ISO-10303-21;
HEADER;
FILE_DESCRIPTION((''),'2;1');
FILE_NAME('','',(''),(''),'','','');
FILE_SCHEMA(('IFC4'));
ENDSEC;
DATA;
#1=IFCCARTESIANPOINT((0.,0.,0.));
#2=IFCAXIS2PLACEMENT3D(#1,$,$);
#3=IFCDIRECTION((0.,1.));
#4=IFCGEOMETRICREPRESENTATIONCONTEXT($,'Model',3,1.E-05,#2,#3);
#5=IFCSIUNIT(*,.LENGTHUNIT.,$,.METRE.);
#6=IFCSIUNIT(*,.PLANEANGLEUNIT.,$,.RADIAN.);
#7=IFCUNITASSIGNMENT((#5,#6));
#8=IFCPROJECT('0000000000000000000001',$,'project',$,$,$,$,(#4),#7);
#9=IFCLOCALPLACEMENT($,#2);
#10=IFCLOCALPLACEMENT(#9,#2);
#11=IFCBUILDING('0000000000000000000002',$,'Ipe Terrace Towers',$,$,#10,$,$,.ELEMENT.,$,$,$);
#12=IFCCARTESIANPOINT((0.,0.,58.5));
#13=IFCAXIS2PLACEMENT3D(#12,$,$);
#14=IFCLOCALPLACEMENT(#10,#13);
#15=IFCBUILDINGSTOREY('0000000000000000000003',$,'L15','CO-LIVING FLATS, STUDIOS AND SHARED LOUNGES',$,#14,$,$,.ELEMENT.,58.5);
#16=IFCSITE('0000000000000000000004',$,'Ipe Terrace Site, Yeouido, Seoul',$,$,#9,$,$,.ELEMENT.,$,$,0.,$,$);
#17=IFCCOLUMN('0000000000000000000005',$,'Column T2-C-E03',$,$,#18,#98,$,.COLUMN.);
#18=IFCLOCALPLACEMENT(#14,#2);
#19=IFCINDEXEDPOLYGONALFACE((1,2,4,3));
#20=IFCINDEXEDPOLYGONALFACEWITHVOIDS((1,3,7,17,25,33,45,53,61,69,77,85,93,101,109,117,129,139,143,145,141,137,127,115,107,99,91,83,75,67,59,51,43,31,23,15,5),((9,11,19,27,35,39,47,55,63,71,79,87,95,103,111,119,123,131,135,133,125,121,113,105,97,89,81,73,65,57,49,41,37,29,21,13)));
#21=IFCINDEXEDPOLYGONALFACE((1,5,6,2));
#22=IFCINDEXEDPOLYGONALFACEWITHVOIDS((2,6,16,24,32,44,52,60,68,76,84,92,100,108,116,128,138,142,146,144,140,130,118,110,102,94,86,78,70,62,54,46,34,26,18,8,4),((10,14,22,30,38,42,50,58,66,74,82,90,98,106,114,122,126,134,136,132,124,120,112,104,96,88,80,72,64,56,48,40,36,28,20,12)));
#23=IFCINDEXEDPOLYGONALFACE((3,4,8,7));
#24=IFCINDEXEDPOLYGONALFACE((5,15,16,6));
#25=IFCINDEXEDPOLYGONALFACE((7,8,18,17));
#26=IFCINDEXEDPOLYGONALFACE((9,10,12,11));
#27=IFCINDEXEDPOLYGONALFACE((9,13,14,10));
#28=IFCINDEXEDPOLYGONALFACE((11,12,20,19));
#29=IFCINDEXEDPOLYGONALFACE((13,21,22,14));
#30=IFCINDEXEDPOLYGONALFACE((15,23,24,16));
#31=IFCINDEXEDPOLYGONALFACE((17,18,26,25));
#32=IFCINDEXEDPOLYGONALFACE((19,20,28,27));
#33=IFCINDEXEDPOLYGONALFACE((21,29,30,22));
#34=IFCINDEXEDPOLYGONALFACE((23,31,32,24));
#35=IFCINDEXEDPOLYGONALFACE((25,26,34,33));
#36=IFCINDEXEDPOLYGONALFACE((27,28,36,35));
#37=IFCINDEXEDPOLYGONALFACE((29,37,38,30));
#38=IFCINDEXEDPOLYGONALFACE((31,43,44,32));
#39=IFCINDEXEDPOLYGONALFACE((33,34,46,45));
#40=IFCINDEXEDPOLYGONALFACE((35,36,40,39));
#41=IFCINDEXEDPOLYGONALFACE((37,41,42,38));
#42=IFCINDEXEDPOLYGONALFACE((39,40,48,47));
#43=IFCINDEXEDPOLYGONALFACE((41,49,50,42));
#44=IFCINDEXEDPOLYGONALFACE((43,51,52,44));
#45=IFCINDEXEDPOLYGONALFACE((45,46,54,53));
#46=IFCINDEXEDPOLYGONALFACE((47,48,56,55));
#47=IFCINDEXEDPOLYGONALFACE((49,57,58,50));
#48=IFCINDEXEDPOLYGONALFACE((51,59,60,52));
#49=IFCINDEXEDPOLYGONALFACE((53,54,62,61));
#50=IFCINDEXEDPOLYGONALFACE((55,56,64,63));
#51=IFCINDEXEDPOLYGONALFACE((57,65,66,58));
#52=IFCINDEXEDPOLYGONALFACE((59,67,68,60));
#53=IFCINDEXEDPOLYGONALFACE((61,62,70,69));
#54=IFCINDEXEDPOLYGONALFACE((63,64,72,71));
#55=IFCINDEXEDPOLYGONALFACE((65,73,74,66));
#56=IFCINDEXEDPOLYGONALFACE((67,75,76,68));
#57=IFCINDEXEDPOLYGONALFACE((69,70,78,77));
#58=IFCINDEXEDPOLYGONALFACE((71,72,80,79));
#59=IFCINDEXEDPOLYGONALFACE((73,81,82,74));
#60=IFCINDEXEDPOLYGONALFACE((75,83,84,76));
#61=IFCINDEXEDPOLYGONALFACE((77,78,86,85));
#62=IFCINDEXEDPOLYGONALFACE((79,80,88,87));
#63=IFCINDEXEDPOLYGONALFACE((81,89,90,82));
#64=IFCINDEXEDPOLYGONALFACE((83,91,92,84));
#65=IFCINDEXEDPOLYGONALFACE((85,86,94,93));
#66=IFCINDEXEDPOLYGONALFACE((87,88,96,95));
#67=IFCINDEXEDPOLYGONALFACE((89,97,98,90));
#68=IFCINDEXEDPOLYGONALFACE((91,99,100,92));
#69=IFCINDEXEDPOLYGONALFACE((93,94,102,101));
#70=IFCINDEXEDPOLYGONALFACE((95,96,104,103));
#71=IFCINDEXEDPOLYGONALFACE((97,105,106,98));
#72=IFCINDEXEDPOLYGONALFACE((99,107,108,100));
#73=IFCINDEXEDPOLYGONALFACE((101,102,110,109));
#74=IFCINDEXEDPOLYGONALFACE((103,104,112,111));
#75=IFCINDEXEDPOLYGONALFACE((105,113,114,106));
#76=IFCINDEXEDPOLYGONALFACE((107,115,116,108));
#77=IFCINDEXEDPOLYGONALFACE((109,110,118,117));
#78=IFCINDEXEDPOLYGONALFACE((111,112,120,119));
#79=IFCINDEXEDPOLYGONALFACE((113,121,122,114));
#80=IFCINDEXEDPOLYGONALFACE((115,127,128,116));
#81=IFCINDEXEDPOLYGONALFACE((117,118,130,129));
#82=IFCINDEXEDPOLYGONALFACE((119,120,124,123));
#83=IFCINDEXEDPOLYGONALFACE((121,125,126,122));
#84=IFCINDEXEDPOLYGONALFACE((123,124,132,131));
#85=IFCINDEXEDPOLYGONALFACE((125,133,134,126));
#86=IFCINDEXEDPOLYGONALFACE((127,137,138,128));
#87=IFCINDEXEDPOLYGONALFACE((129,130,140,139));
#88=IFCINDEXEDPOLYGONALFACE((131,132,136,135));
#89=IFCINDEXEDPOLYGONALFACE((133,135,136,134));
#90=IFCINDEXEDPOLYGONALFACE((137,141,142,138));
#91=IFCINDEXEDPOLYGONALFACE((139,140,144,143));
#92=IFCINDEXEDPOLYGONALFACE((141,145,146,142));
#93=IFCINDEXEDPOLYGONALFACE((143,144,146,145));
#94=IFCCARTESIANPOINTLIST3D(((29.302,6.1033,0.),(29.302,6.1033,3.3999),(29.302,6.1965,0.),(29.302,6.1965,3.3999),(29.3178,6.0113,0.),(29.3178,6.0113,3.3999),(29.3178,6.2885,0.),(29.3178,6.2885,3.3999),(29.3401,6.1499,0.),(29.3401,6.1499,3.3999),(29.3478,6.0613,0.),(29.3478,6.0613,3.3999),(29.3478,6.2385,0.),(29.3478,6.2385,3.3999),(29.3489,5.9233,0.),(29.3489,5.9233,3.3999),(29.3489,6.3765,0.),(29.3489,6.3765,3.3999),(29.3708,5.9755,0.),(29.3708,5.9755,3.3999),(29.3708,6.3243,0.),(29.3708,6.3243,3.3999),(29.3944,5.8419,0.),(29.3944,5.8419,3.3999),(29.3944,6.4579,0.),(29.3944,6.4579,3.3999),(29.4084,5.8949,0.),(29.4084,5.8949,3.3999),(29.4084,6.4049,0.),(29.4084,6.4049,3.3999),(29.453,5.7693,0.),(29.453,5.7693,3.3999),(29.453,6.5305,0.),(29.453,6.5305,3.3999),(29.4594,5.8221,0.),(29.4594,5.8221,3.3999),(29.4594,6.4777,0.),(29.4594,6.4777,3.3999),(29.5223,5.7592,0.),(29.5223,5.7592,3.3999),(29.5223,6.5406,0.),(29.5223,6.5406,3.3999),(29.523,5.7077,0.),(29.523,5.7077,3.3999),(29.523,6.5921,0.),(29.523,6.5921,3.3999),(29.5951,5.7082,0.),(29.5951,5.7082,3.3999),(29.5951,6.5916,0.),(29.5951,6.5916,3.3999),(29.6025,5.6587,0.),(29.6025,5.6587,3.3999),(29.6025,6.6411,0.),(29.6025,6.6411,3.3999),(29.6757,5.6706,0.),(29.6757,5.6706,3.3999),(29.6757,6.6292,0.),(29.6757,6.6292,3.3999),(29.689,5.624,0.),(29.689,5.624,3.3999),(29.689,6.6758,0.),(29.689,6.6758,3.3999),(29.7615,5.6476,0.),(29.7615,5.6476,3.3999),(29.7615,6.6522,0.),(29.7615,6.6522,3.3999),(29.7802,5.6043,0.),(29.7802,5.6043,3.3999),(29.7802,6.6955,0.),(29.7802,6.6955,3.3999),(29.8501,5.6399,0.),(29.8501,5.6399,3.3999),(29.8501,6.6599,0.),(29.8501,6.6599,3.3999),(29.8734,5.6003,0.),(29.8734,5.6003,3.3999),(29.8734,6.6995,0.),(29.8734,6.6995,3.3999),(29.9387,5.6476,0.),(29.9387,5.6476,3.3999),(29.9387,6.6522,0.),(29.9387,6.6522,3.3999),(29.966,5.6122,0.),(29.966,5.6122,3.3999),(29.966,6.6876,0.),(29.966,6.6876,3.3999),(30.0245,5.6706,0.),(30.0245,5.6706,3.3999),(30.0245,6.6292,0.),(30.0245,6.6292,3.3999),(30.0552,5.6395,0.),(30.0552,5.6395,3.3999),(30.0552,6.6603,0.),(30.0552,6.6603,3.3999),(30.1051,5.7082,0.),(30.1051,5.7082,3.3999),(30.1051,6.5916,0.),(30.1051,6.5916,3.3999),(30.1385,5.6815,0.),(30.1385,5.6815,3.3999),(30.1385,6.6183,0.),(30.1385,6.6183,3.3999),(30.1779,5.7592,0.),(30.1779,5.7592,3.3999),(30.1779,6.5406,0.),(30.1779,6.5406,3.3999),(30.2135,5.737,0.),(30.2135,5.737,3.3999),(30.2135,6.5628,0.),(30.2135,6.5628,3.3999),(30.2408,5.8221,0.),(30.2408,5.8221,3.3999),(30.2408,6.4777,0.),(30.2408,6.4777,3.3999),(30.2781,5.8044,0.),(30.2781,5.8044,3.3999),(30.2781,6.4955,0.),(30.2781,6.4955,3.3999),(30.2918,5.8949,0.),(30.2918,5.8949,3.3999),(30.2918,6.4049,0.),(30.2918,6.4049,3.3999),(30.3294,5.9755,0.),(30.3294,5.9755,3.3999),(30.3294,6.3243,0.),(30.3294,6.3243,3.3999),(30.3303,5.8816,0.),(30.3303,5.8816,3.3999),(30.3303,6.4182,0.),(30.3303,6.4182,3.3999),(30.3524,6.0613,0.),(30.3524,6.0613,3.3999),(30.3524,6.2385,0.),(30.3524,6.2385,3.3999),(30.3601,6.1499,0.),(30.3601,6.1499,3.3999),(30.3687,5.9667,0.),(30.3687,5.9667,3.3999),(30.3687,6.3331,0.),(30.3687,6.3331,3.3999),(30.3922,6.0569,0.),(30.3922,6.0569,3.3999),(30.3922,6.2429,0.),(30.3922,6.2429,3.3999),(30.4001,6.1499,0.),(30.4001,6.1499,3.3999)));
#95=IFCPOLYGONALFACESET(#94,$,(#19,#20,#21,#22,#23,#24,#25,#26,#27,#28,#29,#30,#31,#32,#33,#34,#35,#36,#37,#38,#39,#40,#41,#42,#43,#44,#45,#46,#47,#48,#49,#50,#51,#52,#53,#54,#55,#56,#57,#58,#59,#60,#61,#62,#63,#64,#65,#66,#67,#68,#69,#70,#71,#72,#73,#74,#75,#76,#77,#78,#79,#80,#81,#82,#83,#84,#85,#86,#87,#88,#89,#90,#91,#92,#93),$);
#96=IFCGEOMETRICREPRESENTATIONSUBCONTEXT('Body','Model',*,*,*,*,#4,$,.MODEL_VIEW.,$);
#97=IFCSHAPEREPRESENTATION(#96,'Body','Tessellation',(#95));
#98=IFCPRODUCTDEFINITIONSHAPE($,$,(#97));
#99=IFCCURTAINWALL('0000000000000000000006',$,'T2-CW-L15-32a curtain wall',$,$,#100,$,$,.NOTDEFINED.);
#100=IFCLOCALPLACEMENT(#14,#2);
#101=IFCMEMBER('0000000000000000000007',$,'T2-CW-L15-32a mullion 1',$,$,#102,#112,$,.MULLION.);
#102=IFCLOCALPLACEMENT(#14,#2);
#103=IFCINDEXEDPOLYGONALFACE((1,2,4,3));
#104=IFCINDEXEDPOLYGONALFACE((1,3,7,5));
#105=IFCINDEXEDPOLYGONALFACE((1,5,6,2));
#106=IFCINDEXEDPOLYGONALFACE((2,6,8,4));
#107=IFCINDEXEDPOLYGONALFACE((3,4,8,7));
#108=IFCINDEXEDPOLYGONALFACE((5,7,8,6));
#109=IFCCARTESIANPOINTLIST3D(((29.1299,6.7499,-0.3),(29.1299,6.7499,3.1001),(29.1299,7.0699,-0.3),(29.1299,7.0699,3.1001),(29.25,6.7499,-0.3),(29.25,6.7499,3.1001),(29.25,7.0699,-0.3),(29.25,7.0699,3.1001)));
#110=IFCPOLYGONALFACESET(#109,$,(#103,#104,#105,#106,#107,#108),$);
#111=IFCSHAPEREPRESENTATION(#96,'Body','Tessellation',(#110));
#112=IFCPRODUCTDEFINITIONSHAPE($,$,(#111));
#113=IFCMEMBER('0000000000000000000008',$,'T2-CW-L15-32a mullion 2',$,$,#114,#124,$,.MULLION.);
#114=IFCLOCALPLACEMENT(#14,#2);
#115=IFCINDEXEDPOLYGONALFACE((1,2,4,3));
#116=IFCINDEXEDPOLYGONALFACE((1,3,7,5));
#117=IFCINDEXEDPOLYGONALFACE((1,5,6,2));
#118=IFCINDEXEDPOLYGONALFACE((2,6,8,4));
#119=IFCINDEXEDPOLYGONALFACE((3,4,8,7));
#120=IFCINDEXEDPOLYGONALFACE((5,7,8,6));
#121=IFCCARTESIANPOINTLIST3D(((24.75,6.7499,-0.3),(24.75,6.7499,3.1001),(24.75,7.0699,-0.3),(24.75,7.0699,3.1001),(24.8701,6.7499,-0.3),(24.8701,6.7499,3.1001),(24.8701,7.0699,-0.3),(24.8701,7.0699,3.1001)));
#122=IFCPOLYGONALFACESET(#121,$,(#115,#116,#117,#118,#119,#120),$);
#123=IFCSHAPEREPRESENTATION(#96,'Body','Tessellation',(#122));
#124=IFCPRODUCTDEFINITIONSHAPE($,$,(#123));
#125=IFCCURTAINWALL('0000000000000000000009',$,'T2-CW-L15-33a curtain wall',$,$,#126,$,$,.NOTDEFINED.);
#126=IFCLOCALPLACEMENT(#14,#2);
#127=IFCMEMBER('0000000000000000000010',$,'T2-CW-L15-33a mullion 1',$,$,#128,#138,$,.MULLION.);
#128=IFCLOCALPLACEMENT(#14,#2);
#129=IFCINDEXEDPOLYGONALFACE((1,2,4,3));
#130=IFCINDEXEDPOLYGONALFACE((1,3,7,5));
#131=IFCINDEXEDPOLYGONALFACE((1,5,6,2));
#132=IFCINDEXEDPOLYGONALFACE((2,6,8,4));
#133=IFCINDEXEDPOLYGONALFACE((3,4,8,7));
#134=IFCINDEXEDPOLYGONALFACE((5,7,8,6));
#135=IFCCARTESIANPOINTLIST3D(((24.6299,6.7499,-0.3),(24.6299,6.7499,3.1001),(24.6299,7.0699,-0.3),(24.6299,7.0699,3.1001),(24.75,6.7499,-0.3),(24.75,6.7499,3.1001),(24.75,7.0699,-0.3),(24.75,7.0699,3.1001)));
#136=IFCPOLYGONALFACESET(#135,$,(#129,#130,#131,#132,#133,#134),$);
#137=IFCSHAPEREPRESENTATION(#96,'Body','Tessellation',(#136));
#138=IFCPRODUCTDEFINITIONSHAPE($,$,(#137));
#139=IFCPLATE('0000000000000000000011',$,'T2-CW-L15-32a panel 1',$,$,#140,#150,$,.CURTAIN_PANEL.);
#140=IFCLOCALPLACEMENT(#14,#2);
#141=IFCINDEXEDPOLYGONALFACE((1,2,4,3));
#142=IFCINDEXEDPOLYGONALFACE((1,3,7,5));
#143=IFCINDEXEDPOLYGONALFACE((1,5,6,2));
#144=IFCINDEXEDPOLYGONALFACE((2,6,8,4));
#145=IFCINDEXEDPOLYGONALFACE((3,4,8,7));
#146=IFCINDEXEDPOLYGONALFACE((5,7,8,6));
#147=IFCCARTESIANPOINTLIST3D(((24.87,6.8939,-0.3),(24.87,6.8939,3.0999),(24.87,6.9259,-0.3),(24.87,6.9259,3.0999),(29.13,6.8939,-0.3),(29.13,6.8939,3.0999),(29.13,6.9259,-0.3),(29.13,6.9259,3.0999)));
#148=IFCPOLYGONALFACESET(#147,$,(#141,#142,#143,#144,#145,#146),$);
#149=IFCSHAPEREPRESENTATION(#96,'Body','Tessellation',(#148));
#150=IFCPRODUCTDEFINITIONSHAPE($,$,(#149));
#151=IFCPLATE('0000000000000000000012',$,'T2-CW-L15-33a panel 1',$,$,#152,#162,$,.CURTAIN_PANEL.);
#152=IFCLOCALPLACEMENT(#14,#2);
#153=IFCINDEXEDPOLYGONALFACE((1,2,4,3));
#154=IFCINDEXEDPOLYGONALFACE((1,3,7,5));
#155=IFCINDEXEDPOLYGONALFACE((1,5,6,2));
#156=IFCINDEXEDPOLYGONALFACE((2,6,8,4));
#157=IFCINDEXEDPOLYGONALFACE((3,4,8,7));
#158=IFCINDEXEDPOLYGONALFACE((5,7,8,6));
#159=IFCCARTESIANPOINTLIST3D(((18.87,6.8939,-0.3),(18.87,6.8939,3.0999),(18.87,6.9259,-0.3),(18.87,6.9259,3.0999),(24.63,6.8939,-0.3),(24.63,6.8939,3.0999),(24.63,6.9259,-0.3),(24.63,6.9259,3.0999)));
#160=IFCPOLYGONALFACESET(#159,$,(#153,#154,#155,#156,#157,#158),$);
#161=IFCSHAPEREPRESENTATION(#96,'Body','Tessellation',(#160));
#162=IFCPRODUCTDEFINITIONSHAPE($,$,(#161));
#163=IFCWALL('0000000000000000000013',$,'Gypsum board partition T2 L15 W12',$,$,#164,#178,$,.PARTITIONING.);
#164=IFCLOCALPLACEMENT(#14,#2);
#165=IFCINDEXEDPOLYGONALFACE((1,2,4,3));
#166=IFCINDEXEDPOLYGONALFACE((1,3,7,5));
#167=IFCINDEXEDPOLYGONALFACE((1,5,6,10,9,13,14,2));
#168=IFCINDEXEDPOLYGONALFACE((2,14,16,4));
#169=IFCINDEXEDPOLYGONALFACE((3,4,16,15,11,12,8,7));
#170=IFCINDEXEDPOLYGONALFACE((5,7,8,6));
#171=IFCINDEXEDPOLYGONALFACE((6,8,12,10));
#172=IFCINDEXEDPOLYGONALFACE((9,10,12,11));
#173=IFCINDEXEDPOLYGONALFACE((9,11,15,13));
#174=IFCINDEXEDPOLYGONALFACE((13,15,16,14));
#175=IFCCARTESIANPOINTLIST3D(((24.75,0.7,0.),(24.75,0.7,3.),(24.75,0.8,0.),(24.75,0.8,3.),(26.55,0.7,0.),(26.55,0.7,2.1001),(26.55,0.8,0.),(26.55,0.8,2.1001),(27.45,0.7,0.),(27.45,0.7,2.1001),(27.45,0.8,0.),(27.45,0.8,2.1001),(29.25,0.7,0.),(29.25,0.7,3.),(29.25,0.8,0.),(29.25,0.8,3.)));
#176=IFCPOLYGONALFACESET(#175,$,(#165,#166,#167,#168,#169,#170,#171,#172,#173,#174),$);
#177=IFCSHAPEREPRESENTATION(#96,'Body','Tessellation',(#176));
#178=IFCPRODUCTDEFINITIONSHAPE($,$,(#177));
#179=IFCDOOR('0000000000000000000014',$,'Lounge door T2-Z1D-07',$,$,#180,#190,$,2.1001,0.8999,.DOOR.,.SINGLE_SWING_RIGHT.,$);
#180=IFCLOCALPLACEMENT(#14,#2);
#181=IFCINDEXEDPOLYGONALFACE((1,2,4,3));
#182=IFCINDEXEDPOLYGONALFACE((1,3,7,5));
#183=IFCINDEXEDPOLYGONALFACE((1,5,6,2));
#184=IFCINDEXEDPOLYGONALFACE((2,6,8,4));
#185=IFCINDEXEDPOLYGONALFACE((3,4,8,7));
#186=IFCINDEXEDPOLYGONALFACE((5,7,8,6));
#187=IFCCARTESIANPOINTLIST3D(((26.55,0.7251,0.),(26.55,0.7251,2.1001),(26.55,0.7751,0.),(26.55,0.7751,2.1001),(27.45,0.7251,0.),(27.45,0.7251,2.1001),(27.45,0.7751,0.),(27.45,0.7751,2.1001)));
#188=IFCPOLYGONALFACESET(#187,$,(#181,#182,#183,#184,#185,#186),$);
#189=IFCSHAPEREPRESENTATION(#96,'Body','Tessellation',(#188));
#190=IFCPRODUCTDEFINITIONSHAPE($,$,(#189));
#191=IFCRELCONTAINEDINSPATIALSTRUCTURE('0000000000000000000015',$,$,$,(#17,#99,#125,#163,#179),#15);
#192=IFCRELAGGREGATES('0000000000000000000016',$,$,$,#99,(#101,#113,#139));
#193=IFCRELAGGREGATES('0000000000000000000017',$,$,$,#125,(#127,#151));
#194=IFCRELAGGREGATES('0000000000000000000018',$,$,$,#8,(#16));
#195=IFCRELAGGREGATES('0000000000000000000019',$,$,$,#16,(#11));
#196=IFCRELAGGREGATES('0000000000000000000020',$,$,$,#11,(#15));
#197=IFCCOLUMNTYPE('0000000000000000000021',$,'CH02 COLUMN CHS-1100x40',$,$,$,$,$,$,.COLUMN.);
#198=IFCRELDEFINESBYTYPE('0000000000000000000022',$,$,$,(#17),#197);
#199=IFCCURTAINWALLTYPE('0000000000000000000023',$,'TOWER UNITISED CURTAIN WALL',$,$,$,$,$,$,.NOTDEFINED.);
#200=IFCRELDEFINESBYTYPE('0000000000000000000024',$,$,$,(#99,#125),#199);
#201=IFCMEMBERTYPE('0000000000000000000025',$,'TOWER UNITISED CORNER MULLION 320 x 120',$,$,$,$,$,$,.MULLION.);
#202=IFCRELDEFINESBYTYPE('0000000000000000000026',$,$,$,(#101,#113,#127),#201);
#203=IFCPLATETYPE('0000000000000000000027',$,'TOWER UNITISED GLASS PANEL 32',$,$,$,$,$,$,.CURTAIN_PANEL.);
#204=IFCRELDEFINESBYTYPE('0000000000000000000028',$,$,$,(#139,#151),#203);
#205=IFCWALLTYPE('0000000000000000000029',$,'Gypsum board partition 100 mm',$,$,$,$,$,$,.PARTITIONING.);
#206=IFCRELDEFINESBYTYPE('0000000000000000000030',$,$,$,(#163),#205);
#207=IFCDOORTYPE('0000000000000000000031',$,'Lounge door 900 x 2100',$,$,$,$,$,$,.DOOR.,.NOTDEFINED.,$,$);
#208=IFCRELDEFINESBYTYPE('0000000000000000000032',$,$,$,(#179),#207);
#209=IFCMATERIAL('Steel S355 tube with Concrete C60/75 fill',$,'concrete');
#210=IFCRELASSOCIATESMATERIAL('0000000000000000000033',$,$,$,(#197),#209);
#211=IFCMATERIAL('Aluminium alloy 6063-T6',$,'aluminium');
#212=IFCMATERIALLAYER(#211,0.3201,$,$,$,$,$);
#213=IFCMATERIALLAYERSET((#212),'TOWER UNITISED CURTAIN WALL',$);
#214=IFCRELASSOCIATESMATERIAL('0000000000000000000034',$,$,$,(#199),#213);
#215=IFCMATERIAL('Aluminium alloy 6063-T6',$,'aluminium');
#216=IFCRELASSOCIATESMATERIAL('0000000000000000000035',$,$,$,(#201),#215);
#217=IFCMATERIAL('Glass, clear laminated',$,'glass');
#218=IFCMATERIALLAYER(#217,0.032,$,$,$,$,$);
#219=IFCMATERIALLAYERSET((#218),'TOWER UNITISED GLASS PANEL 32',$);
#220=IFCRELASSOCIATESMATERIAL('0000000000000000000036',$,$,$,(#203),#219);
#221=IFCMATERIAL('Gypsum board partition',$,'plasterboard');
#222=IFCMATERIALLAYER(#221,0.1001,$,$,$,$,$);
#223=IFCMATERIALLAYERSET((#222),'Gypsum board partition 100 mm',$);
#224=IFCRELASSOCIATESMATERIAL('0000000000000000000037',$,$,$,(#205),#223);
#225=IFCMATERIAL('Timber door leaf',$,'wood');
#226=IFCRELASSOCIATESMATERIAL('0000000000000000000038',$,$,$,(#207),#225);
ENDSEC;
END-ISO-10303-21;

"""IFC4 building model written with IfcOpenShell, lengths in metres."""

from ifc_helpers import new_model, si_unit, direction, frame, frame_2d, origin, origin_2d, place, context, subcontext, project, spatial, rectangle, hollow_circle, extrude, material, layer, layer_set, material_profile, profile_set, type_object, element, fill, aggregate, save


model = new_model("IFC4")

# Units and contexts
model_context = context("Model", 3, precision=1e-05, world=origin(), true_north=direction((0.0, 1.0)))
body_context = subcontext(model_context, "Body", "Model", "MODEL_VIEW")
ifc_project = project(units=[si_unit("LENGTHUNIT", "METRE"), si_unit("PLANEANGLEUNIT", "RADIAN")], contexts=[model_context])

# Site, building, storey
site_placement = place(None, origin())
site = spatial("IfcSite", under=ifc_project, at=site_placement, Name="Ipe Terrace Site, Yeouido, Seoul", CompositionType="ELEMENT", RefElevation=0.0)
building_placement = place(site_placement, origin())
building = spatial("IfcBuilding", under=site, at=building_placement, Name="Ipe Terrace Towers", CompositionType="ELEMENT")
storey_placement = place(building_placement, frame((0.0, 0.0, 58.5)))
storey = spatial("IfcBuildingStorey", under=building, at=storey_placement, Name="L15", Description="CO-LIVING FLATS, STUDIOS AND SHARED LOUNGES", CompositionType="ELEMENT", Elevation=58.5)

# Column
ifc_material_1 = material(Name="Steel S355 tube with Concrete C60/75 fill", Category="concrete")
ifc_material_profile_1 = material_profile(ifc_material_1, hollow_circle(Radius=0.55, WallThickness=0.04, at=origin_2d()), Name="CHS-1100x40")
ifc_profile_set_1 = profile_set([ifc_material_profile_1], Name="Steel S355 tube with Concrete C60/75 fill")
column_type = type_object("IfcColumnType", Name="CH02 COLUMN CHS-1100x40", PredefinedType="COLUMN", material=ifc_profile_set_1)
column_placement = place(storey_placement, frame((29.8501, 6.1499, 0.0), z_axis=(0.0, 0.0, 1.0), x_axis=(1.0, 0.0, 0.0)))
element("IfcColumn", 1, at=column_placement, inside=storey, type_object=column_type, Name="Column T2-C-E03", PredefinedType="COLUMN", context=body_context, shape_type="SweptSolid", body=[
    extrude(hollow_circle(Radius=0.55, WallThickness=0.04, at=origin_2d()), origin(), (0.0, 0.0, 1.0), 3.3999),
])

# Curtain wall, members
ifc_material_2 = material(Name="Aluminium alloy 6063-T6", Category="aluminium")
ifc_layer_1 = layer(ifc_material_2, 0.3201)
ifc_layer_set_1 = layer_set([ifc_layer_1], Name="TOWER UNITISED CURTAIN WALL")
curtain_wall_type = type_object("IfcCurtainWallType", Name="TOWER UNITISED CURTAIN WALL", PredefinedType="NOTDEFINED", material=ifc_layer_set_1)
curtain_wall_1_placement = place(storey_placement, origin())
curtain_wall_1 = element("IfcCurtainWall", 2, at=curtain_wall_1_placement, inside=storey, type_object=curtain_wall_type, Name="T2-CW-L15-32a curtain wall", PredefinedType="NOTDEFINED")
ifc_material_3 = material(Name="Aluminium alloy 6063-T6", Category="aluminium")
ifc_material_profile_2 = material_profile(ifc_material_3, rectangle(XDim=0.3201, YDim=0.1201, at=origin_2d()), Name="TOWER UNITISED CORNER MULLION 320 x 120")
ifc_profile_set_2 = profile_set([ifc_material_profile_2], Name="Aluminium alloy 6063-T6")
member_type = type_object("IfcMemberType", Name="TOWER UNITISED CORNER MULLION 320 x 120", PredefinedType="MULLION", material=ifc_profile_set_2)
member_1_placement = place(storey_placement, frame((29.1899, 6.9099, -0.3), z_axis=(0.0, 0.0, 1.0), x_axis=(0.0, 1.0, 0.0)))
member_1 = element("IfcMember", 3, at=member_1_placement, type_object=member_type, Name="T2-CW-L15-32a mullion 1", PredefinedType="MULLION", context=body_context, shape_type="SweptSolid", body=[
    extrude(rectangle(XDim=0.3201, YDim=0.1201, at=origin_2d()), origin(), (0.0, 0.0, 1.0), 3.4001),
])
member_2_placement = place(storey_placement, frame((24.8101, 6.9099, -0.3), z_axis=(0.0, 0.0, 1.0), x_axis=(0.0, 1.0, 0.0)))
member_2 = element("IfcMember", 4, at=member_2_placement, type_object=member_type, Name="T2-CW-L15-32a mullion 2", PredefinedType="MULLION", context=body_context, shape_type="SweptSolid", body=[
    extrude(rectangle(XDim=0.3201, YDim=0.1201, at=origin_2d()), origin(), (0.0, 0.0, 1.0), 3.4001),
])

# Curtain wall, member
curtain_wall_2_placement = place(storey_placement, origin())
curtain_wall_2 = element("IfcCurtainWall", 5, at=curtain_wall_2_placement, inside=storey, type_object=curtain_wall_type, Name="T2-CW-L15-33a curtain wall", PredefinedType="NOTDEFINED")
member_3_placement = place(storey_placement, frame((24.6899, 6.9099, -0.3), z_axis=(0.0, 0.0, 1.0), x_axis=(0.0, 1.0, 0.0)))
member_3 = element("IfcMember", 6, at=member_3_placement, type_object=member_type, Name="T2-CW-L15-33a mullion 1", PredefinedType="MULLION", context=body_context, shape_type="SweptSolid", body=[
    extrude(rectangle(XDim=0.3201, YDim=0.1201, at=origin_2d()), origin(), (0.0, 0.0, 1.0), 3.4001),
])

# Plates
ifc_material_4 = material(Name="Glass, clear laminated", Category="glass")
ifc_layer_2 = layer(ifc_material_4, 0.032)
ifc_layer_set_2 = layer_set([ifc_layer_2], Name="TOWER UNITISED GLASS PANEL 32")
plate_type = type_object("IfcPlateType", Name="TOWER UNITISED GLASS PANEL 32", PredefinedType="CURTAIN_PANEL", material=ifc_layer_set_2)
plate_1_placement = place(storey_placement, frame((27.0, 6.9099, -0.3), z_axis=(0.0, 0.0, 1.0), x_axis=(-1.0, 0.0, 0.0)))
plate_1 = element("IfcPlate", 7, at=plate_1_placement, type_object=plate_type, Name="T2-CW-L15-32a panel 1", PredefinedType="CURTAIN_PANEL", context=body_context, shape_type="SweptSolid", body=[
    extrude(rectangle(XDim=4.26, YDim=0.032, at=origin_2d()), origin(), (0.0, 0.0, 1.0), 3.3999),
])
aggregate(curtain_wall_1, [member_1, member_2, plate_1])
plate_2_placement = place(storey_placement, frame((21.75, 6.9099, -0.3), z_axis=(0.0, 0.0, 1.0), x_axis=(-1.0, 0.0, 0.0)))
plate_2 = element("IfcPlate", 8, at=plate_2_placement, type_object=plate_type, Name="T2-CW-L15-33a panel 1", PredefinedType="CURTAIN_PANEL", context=body_context, shape_type="SweptSolid", body=[
    extrude(rectangle(XDim=5.76, YDim=0.032, at=origin_2d()), origin(), (0.0, 0.0, 1.0), 3.3999),
])
aggregate(curtain_wall_2, [member_3, plate_2])

# Wall, opening, door
ifc_material_5 = material(Name="Gypsum board partition", Category="plasterboard")
ifc_layer_3 = layer(ifc_material_5, 0.1001)
ifc_layer_set_3 = layer_set([ifc_layer_3], Name="Gypsum board partition 100 mm")
wall_type_1 = type_object("IfcWallType", Name="Gypsum board partition 100 mm", PredefinedType="PARTITIONING", material=ifc_layer_set_3)
wall_1_placement = place(storey_placement, frame((29.25, 0.75, 0.0), z_axis=(0.0, 0.0, 1.0), x_axis=(-1.0, 0.0, 0.0)))
wall_1 = element("IfcWall", 9, at=wall_1_placement, inside=storey, type_object=wall_type_1, Name="Gypsum board partition T2 L15 W12", PredefinedType="PARTITIONING", context=body_context, shape_type="SweptSolid", body=[
    extrude(rectangle(XDim=4.5, YDim=0.1001, at=frame_2d((2.25, 0.0))), origin(), (0.0, 0.0, 1.0), 3.0),
])
opening_1_placement = place(wall_1_placement, frame((1.8, 0.0, 0.0)))
opening_1 = element("IfcOpeningElement", 10, at=opening_1_placement, cuts=wall_1, PredefinedType="OPENING", context=body_context, shape_type="SweptSolid", body=[
    extrude(rectangle(XDim=0.8999, YDim=2.1001, at=frame_2d((0.45, 1.05))), frame((0.0, 0.0601, 0.0), z_axis=(0.0, -1.0, 0.0), x_axis=(1.0, 0.0, 0.0)), (0.0, 0.0, 1.0), 0.1201),
])
ifc_material_6 = material(Name="Timber door leaf", Category="wood")
door_type_1 = type_object("IfcDoorType", Name="Lounge door 900 x 2100", OperationType="NOTDEFINED", PredefinedType="DOOR", material=ifc_material_6)
door_1_placement = place(opening_1_placement, origin())
door_1 = element("IfcDoor", 11, at=door_1_placement, inside=storey, type_object=door_type_1, Name="Lounge door T2-Z1D-07", OperationType="SINGLE_SWING_RIGHT", OverallHeight=2.1001, OverallWidth=0.8999, PredefinedType="DOOR", context=body_context, shape_type="SweptSolid", body=[
    extrude(rectangle(XDim=0.8999, YDim=2.1001, at=frame_2d((0.45, 1.05))), frame((0.0, 0.0249, 0.0), z_axis=(0.0, -1.0, 0.0), x_axis=(1.0, 0.0, 0.0)), (0.0, 0.0, 1.0), 0.05),
])
fill(opening_1, door_1)

save(model, "model.ifc")
